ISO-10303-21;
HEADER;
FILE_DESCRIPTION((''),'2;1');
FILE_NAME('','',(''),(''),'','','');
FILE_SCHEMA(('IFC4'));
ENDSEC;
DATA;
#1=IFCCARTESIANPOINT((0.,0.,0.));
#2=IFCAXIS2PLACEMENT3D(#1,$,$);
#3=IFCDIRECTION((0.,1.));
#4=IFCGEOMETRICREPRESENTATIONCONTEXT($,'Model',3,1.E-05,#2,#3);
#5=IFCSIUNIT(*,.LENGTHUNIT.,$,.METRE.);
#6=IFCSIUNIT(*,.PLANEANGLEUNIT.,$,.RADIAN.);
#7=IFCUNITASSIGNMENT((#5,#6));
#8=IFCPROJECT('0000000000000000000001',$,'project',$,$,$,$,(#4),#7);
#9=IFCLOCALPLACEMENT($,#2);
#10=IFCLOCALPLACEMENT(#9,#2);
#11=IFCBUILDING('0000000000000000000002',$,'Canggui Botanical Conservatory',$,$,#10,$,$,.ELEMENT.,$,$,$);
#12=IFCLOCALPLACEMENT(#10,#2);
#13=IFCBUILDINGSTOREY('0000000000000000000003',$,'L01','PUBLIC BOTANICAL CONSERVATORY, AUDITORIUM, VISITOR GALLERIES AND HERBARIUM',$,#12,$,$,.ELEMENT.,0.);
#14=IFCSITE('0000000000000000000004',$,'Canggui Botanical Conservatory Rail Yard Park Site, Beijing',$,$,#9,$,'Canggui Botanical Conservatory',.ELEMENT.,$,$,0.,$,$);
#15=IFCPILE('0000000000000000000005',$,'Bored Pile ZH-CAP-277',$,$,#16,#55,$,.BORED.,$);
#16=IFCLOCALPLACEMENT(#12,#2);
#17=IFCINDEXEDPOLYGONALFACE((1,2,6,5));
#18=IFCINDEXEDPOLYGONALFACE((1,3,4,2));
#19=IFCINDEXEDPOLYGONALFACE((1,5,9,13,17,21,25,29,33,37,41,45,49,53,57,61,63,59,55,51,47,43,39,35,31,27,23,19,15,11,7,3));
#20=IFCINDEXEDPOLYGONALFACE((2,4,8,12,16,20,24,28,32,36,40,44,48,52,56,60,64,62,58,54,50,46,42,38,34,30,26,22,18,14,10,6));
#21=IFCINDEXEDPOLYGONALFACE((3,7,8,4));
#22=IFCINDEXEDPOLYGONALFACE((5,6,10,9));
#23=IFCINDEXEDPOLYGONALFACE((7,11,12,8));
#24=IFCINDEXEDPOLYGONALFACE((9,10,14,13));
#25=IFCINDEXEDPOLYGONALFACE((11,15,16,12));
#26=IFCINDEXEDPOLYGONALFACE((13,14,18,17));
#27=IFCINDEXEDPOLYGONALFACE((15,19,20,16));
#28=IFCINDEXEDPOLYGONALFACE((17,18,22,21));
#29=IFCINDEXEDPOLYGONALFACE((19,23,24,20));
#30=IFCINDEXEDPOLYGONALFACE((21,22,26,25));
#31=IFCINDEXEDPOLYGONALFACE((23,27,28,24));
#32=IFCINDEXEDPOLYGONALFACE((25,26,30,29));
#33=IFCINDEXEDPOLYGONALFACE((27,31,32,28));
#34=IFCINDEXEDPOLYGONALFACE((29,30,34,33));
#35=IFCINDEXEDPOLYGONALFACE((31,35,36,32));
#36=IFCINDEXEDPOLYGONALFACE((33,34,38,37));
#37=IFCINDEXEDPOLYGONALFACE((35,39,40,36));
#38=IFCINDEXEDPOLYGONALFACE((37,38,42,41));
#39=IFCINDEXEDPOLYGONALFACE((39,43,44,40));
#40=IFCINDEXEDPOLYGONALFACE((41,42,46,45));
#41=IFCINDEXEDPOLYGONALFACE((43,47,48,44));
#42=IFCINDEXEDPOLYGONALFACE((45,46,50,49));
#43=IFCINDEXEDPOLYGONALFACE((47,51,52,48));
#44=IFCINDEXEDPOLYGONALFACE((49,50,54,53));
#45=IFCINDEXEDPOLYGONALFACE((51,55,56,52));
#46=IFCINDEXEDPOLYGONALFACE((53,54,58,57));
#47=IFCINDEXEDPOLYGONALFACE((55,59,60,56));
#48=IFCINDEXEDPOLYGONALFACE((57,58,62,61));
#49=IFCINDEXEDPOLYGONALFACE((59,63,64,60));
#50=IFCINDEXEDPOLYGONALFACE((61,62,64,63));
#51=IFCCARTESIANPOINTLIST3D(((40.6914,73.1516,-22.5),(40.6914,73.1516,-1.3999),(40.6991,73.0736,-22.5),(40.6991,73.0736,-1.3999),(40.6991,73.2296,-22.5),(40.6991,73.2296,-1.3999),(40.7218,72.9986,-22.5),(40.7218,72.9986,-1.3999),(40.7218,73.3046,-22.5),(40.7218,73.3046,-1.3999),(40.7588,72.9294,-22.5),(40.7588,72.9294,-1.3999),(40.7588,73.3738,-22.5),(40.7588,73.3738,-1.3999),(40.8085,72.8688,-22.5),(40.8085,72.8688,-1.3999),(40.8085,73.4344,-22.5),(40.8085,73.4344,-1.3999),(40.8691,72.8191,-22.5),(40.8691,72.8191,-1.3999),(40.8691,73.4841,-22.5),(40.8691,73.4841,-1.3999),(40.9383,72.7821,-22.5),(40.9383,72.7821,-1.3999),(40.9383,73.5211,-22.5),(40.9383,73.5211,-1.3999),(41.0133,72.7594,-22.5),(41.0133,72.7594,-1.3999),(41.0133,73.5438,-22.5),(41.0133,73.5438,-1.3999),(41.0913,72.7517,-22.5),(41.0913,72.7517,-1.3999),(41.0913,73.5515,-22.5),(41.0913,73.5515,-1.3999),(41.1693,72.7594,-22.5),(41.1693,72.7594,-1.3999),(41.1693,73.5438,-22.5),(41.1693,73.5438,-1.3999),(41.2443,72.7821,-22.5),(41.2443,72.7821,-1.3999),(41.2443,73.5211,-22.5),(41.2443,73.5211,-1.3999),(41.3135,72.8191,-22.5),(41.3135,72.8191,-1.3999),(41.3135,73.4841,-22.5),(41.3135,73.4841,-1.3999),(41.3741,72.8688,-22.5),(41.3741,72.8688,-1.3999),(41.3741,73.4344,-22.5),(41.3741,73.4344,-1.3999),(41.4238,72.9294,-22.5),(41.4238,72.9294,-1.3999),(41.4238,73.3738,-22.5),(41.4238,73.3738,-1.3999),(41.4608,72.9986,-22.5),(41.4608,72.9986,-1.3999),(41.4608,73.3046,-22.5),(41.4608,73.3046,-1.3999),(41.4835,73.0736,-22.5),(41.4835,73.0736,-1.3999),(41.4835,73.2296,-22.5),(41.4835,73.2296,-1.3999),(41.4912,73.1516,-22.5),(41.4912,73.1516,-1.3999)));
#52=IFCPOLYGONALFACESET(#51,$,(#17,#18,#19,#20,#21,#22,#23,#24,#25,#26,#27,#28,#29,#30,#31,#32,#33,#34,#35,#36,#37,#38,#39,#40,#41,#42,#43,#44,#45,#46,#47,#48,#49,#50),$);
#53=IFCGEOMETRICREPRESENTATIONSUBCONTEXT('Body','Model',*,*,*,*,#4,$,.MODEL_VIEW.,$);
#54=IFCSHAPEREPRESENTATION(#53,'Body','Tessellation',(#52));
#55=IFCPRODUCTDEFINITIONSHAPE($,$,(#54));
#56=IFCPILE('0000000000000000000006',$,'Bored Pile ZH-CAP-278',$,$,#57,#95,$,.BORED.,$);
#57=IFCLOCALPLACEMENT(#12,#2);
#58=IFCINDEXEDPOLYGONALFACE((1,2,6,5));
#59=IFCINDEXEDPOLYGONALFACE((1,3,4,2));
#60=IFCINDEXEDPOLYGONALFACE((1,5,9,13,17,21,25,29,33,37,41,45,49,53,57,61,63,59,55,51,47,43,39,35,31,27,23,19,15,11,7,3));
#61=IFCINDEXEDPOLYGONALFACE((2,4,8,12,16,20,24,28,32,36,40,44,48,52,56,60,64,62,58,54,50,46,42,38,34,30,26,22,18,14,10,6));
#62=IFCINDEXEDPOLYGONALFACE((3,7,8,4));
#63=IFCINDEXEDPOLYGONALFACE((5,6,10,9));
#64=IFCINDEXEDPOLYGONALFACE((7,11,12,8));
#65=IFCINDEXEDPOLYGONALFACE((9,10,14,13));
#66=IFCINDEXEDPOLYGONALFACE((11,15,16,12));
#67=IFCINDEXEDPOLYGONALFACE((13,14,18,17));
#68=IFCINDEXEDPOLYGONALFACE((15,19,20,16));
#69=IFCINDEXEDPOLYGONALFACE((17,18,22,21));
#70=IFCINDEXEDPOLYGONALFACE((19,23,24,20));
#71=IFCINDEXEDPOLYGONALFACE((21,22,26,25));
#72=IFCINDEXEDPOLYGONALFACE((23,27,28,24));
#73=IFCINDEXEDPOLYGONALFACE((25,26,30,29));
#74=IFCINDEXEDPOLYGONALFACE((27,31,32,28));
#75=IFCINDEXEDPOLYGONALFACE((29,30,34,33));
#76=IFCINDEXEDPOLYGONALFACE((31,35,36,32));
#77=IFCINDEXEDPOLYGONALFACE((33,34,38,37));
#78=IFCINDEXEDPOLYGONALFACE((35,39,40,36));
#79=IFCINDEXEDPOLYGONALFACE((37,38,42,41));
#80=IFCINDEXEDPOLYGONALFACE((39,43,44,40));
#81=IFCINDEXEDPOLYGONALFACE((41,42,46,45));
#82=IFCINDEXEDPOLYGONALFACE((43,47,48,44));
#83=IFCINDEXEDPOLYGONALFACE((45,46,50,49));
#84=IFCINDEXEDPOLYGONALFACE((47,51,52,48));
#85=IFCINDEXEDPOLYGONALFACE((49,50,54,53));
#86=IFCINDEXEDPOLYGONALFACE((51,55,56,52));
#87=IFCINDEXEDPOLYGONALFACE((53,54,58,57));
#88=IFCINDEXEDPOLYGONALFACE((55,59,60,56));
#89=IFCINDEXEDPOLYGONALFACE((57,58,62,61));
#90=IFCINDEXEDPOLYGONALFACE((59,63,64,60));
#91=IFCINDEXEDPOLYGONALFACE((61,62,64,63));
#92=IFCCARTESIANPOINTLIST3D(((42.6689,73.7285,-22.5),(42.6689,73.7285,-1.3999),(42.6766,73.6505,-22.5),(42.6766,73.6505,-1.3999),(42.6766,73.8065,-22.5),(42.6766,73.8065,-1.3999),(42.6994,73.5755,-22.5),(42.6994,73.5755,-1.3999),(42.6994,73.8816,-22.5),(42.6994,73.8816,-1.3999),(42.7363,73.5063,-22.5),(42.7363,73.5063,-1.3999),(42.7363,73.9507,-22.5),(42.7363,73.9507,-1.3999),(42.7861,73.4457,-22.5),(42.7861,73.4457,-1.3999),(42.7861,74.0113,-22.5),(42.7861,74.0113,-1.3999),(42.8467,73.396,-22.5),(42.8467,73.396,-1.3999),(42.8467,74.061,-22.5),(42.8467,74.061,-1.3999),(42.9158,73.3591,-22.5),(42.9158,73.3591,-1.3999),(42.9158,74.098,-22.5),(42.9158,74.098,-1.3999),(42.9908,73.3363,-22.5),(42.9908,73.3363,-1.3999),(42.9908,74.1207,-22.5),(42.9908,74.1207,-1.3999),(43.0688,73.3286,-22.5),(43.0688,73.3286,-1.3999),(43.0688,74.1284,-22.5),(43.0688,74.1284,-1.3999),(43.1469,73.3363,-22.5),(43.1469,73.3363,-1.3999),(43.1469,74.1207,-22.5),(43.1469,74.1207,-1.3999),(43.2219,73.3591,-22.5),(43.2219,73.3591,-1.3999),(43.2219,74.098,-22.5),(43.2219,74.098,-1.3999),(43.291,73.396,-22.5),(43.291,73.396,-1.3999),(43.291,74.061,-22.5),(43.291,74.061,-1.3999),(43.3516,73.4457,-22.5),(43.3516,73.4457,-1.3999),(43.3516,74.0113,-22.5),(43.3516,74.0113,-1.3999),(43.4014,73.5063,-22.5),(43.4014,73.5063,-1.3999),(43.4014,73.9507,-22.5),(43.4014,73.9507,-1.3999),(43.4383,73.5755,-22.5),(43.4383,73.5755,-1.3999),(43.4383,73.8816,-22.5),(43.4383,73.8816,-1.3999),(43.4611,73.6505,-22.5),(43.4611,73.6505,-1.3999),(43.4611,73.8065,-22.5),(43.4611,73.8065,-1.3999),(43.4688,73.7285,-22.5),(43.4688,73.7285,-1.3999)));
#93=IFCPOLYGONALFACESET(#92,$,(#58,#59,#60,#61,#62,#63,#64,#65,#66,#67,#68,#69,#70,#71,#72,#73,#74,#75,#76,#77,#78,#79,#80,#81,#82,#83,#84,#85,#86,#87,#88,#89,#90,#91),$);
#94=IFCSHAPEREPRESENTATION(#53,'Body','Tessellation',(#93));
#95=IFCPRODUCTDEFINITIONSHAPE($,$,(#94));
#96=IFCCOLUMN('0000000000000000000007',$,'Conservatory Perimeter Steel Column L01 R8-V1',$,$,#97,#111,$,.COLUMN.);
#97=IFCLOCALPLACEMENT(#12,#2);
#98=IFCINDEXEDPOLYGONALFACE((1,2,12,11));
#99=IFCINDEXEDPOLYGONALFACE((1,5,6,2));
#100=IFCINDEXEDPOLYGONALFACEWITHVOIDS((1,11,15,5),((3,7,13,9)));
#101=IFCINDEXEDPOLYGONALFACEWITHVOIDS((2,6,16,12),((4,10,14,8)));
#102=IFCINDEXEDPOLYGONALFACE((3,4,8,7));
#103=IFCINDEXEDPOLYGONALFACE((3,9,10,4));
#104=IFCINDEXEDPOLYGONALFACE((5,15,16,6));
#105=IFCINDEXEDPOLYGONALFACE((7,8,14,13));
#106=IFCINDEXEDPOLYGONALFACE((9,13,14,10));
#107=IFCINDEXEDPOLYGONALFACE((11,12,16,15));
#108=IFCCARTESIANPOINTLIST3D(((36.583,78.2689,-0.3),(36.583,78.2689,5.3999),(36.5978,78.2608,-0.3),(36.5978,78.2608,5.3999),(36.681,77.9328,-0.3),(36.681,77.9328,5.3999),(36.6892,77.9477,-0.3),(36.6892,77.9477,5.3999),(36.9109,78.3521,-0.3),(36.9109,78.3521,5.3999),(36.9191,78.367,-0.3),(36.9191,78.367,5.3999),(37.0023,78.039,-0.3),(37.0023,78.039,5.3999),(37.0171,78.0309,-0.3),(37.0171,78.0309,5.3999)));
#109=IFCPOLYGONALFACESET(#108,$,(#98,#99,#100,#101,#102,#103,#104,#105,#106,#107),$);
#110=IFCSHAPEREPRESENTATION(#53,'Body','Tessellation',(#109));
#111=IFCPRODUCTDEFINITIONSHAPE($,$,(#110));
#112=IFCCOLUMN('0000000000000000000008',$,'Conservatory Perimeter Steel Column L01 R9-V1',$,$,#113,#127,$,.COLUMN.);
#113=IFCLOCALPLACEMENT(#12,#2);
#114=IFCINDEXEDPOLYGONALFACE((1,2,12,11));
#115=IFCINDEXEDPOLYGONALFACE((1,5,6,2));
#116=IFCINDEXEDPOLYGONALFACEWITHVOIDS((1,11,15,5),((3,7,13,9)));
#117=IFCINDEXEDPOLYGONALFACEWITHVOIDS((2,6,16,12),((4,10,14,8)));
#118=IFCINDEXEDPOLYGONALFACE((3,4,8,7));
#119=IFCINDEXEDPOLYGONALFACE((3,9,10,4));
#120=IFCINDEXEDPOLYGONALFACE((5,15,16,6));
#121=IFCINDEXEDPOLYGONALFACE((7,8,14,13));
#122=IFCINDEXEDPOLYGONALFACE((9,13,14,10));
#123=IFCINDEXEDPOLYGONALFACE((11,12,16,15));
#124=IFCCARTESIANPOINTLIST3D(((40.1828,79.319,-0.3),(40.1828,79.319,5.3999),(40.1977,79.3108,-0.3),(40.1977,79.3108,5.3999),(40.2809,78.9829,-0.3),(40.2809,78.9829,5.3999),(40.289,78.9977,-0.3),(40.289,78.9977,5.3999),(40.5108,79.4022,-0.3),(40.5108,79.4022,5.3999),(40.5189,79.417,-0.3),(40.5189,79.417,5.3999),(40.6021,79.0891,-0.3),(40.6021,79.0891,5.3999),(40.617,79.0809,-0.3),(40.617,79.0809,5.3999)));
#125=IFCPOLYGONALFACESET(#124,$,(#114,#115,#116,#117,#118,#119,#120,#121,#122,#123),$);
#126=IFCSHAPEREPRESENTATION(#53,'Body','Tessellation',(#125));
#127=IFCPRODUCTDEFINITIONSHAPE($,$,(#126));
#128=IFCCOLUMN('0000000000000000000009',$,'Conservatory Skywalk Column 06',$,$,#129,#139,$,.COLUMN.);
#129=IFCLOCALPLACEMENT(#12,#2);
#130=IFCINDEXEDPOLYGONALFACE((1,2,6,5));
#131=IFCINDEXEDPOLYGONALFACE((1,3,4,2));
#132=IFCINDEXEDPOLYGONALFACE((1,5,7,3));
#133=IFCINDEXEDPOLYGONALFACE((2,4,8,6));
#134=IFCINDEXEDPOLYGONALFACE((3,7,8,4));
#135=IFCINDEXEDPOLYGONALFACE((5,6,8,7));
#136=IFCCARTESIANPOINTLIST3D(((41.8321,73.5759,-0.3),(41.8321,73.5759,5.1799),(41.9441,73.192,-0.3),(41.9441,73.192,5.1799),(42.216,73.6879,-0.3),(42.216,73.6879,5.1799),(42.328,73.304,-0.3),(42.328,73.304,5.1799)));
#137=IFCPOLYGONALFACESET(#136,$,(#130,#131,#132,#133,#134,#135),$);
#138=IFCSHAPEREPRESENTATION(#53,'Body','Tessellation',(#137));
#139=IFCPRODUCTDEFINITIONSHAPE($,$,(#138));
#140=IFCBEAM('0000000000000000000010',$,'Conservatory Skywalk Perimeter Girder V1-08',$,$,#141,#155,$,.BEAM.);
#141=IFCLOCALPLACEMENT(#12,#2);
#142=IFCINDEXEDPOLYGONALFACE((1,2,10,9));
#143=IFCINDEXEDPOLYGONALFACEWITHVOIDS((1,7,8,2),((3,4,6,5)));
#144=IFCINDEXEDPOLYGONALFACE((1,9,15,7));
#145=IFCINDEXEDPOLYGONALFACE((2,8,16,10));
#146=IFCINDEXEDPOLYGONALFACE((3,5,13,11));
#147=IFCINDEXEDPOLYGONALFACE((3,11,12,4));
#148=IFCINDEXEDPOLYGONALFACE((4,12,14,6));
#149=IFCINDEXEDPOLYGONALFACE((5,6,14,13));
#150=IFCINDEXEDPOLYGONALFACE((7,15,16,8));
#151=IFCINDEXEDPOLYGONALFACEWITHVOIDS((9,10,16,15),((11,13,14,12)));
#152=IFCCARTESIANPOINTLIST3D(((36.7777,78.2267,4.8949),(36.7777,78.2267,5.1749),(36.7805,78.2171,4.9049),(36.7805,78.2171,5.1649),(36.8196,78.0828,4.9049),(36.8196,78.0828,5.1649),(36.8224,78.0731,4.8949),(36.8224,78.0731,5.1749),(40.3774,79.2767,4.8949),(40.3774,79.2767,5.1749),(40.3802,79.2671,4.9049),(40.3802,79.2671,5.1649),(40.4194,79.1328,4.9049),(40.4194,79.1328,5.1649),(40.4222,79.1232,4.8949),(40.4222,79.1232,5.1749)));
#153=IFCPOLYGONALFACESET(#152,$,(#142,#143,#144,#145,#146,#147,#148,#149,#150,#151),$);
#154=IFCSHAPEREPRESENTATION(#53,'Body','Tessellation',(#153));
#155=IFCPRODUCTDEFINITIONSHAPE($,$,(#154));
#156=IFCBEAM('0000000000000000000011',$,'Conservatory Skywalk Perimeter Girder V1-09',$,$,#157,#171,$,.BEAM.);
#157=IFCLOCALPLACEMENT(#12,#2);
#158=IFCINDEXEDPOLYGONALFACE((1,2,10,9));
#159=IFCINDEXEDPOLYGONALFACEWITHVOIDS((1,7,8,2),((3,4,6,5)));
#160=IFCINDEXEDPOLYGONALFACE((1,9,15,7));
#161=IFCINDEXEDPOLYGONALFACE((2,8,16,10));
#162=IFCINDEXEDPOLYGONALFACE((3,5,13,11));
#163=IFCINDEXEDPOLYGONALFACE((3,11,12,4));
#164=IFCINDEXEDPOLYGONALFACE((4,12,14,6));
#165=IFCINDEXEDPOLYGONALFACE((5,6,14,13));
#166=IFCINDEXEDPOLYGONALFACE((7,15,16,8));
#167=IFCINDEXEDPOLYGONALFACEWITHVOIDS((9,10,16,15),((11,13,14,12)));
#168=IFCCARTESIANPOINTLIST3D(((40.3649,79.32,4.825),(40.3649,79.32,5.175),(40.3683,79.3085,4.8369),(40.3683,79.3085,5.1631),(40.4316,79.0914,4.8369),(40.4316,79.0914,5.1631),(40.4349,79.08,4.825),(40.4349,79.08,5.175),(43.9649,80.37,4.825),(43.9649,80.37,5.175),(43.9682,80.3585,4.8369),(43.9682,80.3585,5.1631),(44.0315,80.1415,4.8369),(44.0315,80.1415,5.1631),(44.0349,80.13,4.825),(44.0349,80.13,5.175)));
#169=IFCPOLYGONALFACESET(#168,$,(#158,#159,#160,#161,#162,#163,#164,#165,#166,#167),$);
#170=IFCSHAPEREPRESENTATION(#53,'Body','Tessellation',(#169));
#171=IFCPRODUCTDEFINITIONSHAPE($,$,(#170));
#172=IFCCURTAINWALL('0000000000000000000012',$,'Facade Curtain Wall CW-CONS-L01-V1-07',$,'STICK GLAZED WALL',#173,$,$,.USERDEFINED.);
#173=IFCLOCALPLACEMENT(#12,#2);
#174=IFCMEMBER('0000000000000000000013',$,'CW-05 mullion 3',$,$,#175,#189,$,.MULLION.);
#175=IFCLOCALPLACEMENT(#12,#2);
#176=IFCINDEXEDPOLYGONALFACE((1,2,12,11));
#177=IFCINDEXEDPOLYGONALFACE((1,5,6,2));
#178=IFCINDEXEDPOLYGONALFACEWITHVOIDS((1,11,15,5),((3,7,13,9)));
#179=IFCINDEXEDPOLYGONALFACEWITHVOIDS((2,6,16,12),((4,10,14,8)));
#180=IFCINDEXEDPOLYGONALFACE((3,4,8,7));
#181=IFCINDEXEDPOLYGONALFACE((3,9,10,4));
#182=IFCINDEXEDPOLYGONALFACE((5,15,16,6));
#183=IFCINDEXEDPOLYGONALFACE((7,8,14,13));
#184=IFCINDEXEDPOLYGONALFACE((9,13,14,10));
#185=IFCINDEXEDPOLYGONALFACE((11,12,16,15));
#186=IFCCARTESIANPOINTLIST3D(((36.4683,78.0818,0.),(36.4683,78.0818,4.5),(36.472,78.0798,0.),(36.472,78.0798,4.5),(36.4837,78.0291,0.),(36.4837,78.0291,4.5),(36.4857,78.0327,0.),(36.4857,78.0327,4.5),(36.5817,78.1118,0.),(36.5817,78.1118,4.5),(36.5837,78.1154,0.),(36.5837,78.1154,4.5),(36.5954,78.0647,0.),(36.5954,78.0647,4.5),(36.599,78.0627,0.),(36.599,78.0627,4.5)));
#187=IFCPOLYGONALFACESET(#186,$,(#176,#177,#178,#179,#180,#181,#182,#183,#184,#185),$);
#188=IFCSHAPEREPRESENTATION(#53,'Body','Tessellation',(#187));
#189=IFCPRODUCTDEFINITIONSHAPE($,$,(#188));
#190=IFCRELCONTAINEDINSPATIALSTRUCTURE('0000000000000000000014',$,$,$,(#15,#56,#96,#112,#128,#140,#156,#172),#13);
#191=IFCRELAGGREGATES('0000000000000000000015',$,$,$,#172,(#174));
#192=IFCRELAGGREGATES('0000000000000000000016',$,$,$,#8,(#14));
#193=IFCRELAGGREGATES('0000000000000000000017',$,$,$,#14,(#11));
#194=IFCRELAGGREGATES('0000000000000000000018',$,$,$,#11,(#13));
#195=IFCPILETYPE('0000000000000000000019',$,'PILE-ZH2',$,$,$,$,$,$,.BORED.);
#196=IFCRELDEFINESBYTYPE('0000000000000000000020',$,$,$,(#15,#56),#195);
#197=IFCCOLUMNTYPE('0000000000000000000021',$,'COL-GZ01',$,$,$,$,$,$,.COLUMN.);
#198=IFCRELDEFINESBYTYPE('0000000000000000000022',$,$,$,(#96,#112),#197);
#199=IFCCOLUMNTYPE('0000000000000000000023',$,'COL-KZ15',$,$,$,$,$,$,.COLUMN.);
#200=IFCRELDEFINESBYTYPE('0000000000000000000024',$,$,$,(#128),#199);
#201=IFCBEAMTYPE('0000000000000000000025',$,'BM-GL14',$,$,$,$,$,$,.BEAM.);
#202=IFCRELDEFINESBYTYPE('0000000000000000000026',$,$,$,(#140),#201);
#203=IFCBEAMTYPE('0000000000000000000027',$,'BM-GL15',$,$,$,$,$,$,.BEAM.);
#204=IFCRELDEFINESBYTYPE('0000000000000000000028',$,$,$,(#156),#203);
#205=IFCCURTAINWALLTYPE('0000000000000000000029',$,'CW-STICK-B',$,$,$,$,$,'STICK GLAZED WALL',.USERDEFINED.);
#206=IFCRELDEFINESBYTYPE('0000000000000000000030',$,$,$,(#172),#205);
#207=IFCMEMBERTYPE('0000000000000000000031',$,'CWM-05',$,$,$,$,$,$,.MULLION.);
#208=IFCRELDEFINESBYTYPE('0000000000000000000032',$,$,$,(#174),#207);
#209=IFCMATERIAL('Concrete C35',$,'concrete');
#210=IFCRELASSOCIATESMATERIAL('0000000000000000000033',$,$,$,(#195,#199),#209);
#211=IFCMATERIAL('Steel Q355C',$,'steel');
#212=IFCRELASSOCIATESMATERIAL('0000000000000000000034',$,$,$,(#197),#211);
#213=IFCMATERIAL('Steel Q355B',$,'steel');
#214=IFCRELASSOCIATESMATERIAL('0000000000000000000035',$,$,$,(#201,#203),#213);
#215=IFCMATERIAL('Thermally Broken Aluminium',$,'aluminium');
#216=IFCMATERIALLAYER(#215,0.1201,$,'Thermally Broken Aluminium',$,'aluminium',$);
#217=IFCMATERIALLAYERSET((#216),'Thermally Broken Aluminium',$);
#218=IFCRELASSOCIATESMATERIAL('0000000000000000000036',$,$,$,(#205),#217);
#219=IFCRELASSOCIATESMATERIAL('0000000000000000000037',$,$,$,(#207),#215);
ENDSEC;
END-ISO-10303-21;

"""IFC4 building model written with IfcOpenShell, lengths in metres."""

from ifc_helpers import new_model, si_unit, direction, frame, origin, origin_2d, place, context, subcontext, project, spatial, rectangle, hollow_rectangle, circle, extrude, material, layer, layer_set, material_profile, profile_set, type_object, element, aggregate, save


model = new_model("IFC4")

# Units and contexts
model_context = context("Model", 3, precision=1e-05, world=origin(), true_north=direction((0.0, 1.0)))
body_context = subcontext(model_context, "Body", "Model", "MODEL_VIEW")
ifc_project = project(units=[si_unit("LENGTHUNIT", "METRE"), si_unit("PLANEANGLEUNIT", "RADIAN")], contexts=[model_context])

# Site, building, storey
site_placement = place(None, origin())
site = spatial("IfcSite", under=ifc_project, at=site_placement, Name="Canggui Botanical Conservatory Rail Yard Park Site, Beijing", LongName="Canggui Botanical Conservatory", CompositionType="ELEMENT", RefElevation=0.0)
building_placement = place(site_placement, origin())
building = spatial("IfcBuilding", under=site, at=building_placement, Name="Canggui Botanical Conservatory", CompositionType="ELEMENT")
storey_placement = place(building_placement, origin())
storey = spatial("IfcBuildingStorey", under=building, at=storey_placement, Name="L01", Description="PUBLIC BOTANICAL CONSERVATORY, AUDITORIUM, VISITOR GALLERIES AND HERBARIUM", CompositionType="ELEMENT", Elevation=0.0)

# Shared definitions
ifc_material_1 = material(Name="Concrete C35", Category="concrete")

# Piles
ifc_material_profile_1 = material_profile(ifc_material_1, circle(Radius=0.3999, at=origin_2d()), Name="PILE D800")
ifc_profile_set_1 = profile_set([ifc_material_profile_1], Name="Concrete C35")
pile_type = type_object("IfcPileType", Name="PILE-ZH2", PredefinedType="BORED", material=ifc_profile_set_1)
for number, where, z_axis, x_axis, name in (
    (1, (41.0913, 73.1516, -1.3999), (0.0, 0.0, -1.0), (1.0, 0.0, 0.0), "Bored Pile ZH-CAP-277"),
    (2, (43.0688, 73.7285, -1.3999), (0.0, 0.0, -1.0), (1.0, 0.0, 0.0), "Bored Pile ZH-CAP-278"),
):
    element("IfcPile", number, at=place(storey_placement, frame(where, z_axis=z_axis, x_axis=x_axis)), inside=storey, type_object=pile_type, Name=name, PredefinedType="BORED", context=body_context, shape_type="SweptSolid", body=[
        extrude(circle(Radius=0.3999, at=origin_2d()), origin(), (0.0, 0.0, 1.0), 21.1001),
    ])

# Columns
ifc_material_2 = material(Name="Steel Q355C", Category="steel")
ifc_material_profile_2 = material_profile(ifc_material_2, hollow_rectangle(XDim=0.3501, YDim=0.3501, WallThickness=0.012, at=origin_2d()), Name="SHS 350x350x12")
ifc_profile_set_2 = profile_set([ifc_material_profile_2], Name="Steel Q355C")
column_type_1 = type_object("IfcColumnType", Name="COL-GZ01", PredefinedType="COLUMN", material=ifc_profile_set_2)
for number, where, z_axis, x_axis, name in (
    (3, (36.8, 78.1499, -0.3), (0.0, 0.0, 1.0), (0.96, 0.28, 0.0), "Conservatory Perimeter Steel Column L01 R8-V1"),
    (4, (40.3999, 79.2, -0.3), (0.0, 0.0, 1.0), (0.96, 0.28, 0.0), "Conservatory Perimeter Steel Column L01 R9-V1"),
):
    element("IfcColumn", number, at=place(storey_placement, frame(where, z_axis=z_axis, x_axis=x_axis)), inside=storey, type_object=column_type_1, Name=name, PredefinedType="COLUMN", context=body_context, shape_type="SweptSolid", body=[
        extrude(hollow_rectangle(XDim=0.3501, YDim=0.3501, WallThickness=0.012, at=origin_2d()), origin(), (0.0, 0.0, 1.0), 5.7),
    ])
ifc_material_profile_3 = material_profile(ifc_material_1, rectangle(XDim=0.3999, YDim=0.3999, at=origin_2d()), Name="RC 400x400")
ifc_profile_set_3 = profile_set([ifc_material_profile_3], Name="Concrete C35")
column_type_2 = type_object("IfcColumnType", Name="COL-KZ15", PredefinedType="COLUMN", material=ifc_profile_set_3)
column_placement = place(storey_placement, frame((42.0801, 73.4399, -0.3), z_axis=(0.0, 0.0, 1.0), x_axis=(0.96, 0.28, 0.0)))
element("IfcColumn", 5, at=column_placement, inside=storey, type_object=column_type_2, Name="Conservatory Skywalk Column 06", PredefinedType="COLUMN", context=body_context, shape_type="SweptSolid", body=[
    extrude(rectangle(XDim=0.3999, YDim=0.3999, at=origin_2d()), origin(), (0.0, 0.0, 1.0), 5.48),
])

# Beams
ifc_material_3 = material(Name="Steel Q355B", Category="steel")
ifc_material_profile_4 = material_profile(ifc_material_3, hollow_rectangle(XDim=0.1599, YDim=0.28, WallThickness=0.01, at=origin_2d()), Name="RHS 160x280x10")
ifc_profile_set_4 = profile_set([ifc_material_profile_4], Name="Steel Q355B")
beam_type_1 = type_object("IfcBeamType", Name="BM-GL14", PredefinedType="BEAM", material=ifc_profile_set_4)
beam_1_placement = place(storey_placement, frame((36.8, 78.1499, 5.0349), z_axis=(0.959993, 0.280023, 0.0), x_axis=(-0.280023, 0.959993, 0.0)))
element("IfcBeam", 6, at=beam_1_placement, inside=storey, type_object=beam_type_1, Name="Conservatory Skywalk Perimeter Girder V1-08", PredefinedType="BEAM", context=body_context, shape_type="SweptSolid", body=[
    extrude(hollow_rectangle(XDim=0.1599, YDim=0.28, WallThickness=0.01, at=origin_2d()), origin(), (0.0, 0.0, 1.0), 3.7498),
])
ifc_material_profile_5 = material_profile(ifc_material_3, hollow_rectangle(XDim=0.25, YDim=0.3501, WallThickness=0.012, at=origin_2d()), Name="RHS 250x350x12")
ifc_profile_set_5 = profile_set([ifc_material_profile_5], Name="Steel Q355B")
beam_type_2 = type_object("IfcBeamType", Name="BM-GL15", PredefinedType="BEAM", material=ifc_profile_set_5)
beam_2_placement = place(storey_placement, frame((40.3999, 79.2, 5.0), z_axis=(0.959999, 0.280005, 0.0), x_axis=(-0.280005, 0.959999, 0.0)))
element("IfcBeam", 7, at=beam_2_placement, inside=storey, type_object=beam_type_2, Name="Conservatory Skywalk Perimeter Girder V1-09", PredefinedType="BEAM", context=body_context, shape_type="SweptSolid", body=[
    extrude(hollow_rectangle(XDim=0.25, YDim=0.3501, WallThickness=0.012, at=origin_2d()), origin(), (0.0, 0.0, 1.0), 3.75),
])

# Curtain wall, member
ifc_material_4 = material(Name="Thermally Broken Aluminium", Category="aluminium")
ifc_layer_1 = layer(ifc_material_4, 0.1201, Name="Thermally Broken Aluminium", Category="aluminium")
ifc_layer_set_1 = layer_set([ifc_layer_1], Name="Thermally Broken Aluminium")
curtain_wall_type = type_object("IfcCurtainWallType", Name="CW-STICK-B", ElementType="STICK GLAZED WALL", PredefinedType="USERDEFINED", material=ifc_layer_set_1)
curtain_wall_1_placement = place(storey_placement, origin())
curtain_wall_1 = element("IfcCurtainWall", 8, at=curtain_wall_1_placement, inside=storey, type_object=curtain_wall_type, Name="Facade Curtain Wall CW-CONS-L01-V1-07", ObjectType="STICK GLAZED WALL", PredefinedType="USERDEFINED")
ifc_material_profile_6 = material_profile(ifc_material_4, hollow_rectangle(XDim=0.0549, YDim=0.1201, WallThickness=0.0029, at=origin_2d()), Name="CWM 55x120x3")
ifc_profile_set_6 = profile_set([ifc_material_profile_6], Name="Thermally Broken Aluminium")
member_type_1 = type_object("IfcMemberType", Name="CWM-05", PredefinedType="MULLION", material=ifc_profile_set_6)
member_1_placement = place(storey_placement, frame((36.5337, 78.0723, 0.0), z_axis=(0.0, 0.0, 1.0), x_axis=(-0.28, 0.96, 0.0)))
member_1 = element("IfcMember", 9, at=member_1_placement, type_object=member_type_1, Name="CW-05 mullion 3", PredefinedType="MULLION", context=body_context, shape_type="SweptSolid", body=[
    extrude(hollow_rectangle(XDim=0.0549, YDim=0.1201, WallThickness=0.0029, at=origin_2d()), origin(), (0.0, 0.0, 1.0), 4.5),
])
aggregate(curtain_wall_1, [member_1])

save(model, "model.ifc")
